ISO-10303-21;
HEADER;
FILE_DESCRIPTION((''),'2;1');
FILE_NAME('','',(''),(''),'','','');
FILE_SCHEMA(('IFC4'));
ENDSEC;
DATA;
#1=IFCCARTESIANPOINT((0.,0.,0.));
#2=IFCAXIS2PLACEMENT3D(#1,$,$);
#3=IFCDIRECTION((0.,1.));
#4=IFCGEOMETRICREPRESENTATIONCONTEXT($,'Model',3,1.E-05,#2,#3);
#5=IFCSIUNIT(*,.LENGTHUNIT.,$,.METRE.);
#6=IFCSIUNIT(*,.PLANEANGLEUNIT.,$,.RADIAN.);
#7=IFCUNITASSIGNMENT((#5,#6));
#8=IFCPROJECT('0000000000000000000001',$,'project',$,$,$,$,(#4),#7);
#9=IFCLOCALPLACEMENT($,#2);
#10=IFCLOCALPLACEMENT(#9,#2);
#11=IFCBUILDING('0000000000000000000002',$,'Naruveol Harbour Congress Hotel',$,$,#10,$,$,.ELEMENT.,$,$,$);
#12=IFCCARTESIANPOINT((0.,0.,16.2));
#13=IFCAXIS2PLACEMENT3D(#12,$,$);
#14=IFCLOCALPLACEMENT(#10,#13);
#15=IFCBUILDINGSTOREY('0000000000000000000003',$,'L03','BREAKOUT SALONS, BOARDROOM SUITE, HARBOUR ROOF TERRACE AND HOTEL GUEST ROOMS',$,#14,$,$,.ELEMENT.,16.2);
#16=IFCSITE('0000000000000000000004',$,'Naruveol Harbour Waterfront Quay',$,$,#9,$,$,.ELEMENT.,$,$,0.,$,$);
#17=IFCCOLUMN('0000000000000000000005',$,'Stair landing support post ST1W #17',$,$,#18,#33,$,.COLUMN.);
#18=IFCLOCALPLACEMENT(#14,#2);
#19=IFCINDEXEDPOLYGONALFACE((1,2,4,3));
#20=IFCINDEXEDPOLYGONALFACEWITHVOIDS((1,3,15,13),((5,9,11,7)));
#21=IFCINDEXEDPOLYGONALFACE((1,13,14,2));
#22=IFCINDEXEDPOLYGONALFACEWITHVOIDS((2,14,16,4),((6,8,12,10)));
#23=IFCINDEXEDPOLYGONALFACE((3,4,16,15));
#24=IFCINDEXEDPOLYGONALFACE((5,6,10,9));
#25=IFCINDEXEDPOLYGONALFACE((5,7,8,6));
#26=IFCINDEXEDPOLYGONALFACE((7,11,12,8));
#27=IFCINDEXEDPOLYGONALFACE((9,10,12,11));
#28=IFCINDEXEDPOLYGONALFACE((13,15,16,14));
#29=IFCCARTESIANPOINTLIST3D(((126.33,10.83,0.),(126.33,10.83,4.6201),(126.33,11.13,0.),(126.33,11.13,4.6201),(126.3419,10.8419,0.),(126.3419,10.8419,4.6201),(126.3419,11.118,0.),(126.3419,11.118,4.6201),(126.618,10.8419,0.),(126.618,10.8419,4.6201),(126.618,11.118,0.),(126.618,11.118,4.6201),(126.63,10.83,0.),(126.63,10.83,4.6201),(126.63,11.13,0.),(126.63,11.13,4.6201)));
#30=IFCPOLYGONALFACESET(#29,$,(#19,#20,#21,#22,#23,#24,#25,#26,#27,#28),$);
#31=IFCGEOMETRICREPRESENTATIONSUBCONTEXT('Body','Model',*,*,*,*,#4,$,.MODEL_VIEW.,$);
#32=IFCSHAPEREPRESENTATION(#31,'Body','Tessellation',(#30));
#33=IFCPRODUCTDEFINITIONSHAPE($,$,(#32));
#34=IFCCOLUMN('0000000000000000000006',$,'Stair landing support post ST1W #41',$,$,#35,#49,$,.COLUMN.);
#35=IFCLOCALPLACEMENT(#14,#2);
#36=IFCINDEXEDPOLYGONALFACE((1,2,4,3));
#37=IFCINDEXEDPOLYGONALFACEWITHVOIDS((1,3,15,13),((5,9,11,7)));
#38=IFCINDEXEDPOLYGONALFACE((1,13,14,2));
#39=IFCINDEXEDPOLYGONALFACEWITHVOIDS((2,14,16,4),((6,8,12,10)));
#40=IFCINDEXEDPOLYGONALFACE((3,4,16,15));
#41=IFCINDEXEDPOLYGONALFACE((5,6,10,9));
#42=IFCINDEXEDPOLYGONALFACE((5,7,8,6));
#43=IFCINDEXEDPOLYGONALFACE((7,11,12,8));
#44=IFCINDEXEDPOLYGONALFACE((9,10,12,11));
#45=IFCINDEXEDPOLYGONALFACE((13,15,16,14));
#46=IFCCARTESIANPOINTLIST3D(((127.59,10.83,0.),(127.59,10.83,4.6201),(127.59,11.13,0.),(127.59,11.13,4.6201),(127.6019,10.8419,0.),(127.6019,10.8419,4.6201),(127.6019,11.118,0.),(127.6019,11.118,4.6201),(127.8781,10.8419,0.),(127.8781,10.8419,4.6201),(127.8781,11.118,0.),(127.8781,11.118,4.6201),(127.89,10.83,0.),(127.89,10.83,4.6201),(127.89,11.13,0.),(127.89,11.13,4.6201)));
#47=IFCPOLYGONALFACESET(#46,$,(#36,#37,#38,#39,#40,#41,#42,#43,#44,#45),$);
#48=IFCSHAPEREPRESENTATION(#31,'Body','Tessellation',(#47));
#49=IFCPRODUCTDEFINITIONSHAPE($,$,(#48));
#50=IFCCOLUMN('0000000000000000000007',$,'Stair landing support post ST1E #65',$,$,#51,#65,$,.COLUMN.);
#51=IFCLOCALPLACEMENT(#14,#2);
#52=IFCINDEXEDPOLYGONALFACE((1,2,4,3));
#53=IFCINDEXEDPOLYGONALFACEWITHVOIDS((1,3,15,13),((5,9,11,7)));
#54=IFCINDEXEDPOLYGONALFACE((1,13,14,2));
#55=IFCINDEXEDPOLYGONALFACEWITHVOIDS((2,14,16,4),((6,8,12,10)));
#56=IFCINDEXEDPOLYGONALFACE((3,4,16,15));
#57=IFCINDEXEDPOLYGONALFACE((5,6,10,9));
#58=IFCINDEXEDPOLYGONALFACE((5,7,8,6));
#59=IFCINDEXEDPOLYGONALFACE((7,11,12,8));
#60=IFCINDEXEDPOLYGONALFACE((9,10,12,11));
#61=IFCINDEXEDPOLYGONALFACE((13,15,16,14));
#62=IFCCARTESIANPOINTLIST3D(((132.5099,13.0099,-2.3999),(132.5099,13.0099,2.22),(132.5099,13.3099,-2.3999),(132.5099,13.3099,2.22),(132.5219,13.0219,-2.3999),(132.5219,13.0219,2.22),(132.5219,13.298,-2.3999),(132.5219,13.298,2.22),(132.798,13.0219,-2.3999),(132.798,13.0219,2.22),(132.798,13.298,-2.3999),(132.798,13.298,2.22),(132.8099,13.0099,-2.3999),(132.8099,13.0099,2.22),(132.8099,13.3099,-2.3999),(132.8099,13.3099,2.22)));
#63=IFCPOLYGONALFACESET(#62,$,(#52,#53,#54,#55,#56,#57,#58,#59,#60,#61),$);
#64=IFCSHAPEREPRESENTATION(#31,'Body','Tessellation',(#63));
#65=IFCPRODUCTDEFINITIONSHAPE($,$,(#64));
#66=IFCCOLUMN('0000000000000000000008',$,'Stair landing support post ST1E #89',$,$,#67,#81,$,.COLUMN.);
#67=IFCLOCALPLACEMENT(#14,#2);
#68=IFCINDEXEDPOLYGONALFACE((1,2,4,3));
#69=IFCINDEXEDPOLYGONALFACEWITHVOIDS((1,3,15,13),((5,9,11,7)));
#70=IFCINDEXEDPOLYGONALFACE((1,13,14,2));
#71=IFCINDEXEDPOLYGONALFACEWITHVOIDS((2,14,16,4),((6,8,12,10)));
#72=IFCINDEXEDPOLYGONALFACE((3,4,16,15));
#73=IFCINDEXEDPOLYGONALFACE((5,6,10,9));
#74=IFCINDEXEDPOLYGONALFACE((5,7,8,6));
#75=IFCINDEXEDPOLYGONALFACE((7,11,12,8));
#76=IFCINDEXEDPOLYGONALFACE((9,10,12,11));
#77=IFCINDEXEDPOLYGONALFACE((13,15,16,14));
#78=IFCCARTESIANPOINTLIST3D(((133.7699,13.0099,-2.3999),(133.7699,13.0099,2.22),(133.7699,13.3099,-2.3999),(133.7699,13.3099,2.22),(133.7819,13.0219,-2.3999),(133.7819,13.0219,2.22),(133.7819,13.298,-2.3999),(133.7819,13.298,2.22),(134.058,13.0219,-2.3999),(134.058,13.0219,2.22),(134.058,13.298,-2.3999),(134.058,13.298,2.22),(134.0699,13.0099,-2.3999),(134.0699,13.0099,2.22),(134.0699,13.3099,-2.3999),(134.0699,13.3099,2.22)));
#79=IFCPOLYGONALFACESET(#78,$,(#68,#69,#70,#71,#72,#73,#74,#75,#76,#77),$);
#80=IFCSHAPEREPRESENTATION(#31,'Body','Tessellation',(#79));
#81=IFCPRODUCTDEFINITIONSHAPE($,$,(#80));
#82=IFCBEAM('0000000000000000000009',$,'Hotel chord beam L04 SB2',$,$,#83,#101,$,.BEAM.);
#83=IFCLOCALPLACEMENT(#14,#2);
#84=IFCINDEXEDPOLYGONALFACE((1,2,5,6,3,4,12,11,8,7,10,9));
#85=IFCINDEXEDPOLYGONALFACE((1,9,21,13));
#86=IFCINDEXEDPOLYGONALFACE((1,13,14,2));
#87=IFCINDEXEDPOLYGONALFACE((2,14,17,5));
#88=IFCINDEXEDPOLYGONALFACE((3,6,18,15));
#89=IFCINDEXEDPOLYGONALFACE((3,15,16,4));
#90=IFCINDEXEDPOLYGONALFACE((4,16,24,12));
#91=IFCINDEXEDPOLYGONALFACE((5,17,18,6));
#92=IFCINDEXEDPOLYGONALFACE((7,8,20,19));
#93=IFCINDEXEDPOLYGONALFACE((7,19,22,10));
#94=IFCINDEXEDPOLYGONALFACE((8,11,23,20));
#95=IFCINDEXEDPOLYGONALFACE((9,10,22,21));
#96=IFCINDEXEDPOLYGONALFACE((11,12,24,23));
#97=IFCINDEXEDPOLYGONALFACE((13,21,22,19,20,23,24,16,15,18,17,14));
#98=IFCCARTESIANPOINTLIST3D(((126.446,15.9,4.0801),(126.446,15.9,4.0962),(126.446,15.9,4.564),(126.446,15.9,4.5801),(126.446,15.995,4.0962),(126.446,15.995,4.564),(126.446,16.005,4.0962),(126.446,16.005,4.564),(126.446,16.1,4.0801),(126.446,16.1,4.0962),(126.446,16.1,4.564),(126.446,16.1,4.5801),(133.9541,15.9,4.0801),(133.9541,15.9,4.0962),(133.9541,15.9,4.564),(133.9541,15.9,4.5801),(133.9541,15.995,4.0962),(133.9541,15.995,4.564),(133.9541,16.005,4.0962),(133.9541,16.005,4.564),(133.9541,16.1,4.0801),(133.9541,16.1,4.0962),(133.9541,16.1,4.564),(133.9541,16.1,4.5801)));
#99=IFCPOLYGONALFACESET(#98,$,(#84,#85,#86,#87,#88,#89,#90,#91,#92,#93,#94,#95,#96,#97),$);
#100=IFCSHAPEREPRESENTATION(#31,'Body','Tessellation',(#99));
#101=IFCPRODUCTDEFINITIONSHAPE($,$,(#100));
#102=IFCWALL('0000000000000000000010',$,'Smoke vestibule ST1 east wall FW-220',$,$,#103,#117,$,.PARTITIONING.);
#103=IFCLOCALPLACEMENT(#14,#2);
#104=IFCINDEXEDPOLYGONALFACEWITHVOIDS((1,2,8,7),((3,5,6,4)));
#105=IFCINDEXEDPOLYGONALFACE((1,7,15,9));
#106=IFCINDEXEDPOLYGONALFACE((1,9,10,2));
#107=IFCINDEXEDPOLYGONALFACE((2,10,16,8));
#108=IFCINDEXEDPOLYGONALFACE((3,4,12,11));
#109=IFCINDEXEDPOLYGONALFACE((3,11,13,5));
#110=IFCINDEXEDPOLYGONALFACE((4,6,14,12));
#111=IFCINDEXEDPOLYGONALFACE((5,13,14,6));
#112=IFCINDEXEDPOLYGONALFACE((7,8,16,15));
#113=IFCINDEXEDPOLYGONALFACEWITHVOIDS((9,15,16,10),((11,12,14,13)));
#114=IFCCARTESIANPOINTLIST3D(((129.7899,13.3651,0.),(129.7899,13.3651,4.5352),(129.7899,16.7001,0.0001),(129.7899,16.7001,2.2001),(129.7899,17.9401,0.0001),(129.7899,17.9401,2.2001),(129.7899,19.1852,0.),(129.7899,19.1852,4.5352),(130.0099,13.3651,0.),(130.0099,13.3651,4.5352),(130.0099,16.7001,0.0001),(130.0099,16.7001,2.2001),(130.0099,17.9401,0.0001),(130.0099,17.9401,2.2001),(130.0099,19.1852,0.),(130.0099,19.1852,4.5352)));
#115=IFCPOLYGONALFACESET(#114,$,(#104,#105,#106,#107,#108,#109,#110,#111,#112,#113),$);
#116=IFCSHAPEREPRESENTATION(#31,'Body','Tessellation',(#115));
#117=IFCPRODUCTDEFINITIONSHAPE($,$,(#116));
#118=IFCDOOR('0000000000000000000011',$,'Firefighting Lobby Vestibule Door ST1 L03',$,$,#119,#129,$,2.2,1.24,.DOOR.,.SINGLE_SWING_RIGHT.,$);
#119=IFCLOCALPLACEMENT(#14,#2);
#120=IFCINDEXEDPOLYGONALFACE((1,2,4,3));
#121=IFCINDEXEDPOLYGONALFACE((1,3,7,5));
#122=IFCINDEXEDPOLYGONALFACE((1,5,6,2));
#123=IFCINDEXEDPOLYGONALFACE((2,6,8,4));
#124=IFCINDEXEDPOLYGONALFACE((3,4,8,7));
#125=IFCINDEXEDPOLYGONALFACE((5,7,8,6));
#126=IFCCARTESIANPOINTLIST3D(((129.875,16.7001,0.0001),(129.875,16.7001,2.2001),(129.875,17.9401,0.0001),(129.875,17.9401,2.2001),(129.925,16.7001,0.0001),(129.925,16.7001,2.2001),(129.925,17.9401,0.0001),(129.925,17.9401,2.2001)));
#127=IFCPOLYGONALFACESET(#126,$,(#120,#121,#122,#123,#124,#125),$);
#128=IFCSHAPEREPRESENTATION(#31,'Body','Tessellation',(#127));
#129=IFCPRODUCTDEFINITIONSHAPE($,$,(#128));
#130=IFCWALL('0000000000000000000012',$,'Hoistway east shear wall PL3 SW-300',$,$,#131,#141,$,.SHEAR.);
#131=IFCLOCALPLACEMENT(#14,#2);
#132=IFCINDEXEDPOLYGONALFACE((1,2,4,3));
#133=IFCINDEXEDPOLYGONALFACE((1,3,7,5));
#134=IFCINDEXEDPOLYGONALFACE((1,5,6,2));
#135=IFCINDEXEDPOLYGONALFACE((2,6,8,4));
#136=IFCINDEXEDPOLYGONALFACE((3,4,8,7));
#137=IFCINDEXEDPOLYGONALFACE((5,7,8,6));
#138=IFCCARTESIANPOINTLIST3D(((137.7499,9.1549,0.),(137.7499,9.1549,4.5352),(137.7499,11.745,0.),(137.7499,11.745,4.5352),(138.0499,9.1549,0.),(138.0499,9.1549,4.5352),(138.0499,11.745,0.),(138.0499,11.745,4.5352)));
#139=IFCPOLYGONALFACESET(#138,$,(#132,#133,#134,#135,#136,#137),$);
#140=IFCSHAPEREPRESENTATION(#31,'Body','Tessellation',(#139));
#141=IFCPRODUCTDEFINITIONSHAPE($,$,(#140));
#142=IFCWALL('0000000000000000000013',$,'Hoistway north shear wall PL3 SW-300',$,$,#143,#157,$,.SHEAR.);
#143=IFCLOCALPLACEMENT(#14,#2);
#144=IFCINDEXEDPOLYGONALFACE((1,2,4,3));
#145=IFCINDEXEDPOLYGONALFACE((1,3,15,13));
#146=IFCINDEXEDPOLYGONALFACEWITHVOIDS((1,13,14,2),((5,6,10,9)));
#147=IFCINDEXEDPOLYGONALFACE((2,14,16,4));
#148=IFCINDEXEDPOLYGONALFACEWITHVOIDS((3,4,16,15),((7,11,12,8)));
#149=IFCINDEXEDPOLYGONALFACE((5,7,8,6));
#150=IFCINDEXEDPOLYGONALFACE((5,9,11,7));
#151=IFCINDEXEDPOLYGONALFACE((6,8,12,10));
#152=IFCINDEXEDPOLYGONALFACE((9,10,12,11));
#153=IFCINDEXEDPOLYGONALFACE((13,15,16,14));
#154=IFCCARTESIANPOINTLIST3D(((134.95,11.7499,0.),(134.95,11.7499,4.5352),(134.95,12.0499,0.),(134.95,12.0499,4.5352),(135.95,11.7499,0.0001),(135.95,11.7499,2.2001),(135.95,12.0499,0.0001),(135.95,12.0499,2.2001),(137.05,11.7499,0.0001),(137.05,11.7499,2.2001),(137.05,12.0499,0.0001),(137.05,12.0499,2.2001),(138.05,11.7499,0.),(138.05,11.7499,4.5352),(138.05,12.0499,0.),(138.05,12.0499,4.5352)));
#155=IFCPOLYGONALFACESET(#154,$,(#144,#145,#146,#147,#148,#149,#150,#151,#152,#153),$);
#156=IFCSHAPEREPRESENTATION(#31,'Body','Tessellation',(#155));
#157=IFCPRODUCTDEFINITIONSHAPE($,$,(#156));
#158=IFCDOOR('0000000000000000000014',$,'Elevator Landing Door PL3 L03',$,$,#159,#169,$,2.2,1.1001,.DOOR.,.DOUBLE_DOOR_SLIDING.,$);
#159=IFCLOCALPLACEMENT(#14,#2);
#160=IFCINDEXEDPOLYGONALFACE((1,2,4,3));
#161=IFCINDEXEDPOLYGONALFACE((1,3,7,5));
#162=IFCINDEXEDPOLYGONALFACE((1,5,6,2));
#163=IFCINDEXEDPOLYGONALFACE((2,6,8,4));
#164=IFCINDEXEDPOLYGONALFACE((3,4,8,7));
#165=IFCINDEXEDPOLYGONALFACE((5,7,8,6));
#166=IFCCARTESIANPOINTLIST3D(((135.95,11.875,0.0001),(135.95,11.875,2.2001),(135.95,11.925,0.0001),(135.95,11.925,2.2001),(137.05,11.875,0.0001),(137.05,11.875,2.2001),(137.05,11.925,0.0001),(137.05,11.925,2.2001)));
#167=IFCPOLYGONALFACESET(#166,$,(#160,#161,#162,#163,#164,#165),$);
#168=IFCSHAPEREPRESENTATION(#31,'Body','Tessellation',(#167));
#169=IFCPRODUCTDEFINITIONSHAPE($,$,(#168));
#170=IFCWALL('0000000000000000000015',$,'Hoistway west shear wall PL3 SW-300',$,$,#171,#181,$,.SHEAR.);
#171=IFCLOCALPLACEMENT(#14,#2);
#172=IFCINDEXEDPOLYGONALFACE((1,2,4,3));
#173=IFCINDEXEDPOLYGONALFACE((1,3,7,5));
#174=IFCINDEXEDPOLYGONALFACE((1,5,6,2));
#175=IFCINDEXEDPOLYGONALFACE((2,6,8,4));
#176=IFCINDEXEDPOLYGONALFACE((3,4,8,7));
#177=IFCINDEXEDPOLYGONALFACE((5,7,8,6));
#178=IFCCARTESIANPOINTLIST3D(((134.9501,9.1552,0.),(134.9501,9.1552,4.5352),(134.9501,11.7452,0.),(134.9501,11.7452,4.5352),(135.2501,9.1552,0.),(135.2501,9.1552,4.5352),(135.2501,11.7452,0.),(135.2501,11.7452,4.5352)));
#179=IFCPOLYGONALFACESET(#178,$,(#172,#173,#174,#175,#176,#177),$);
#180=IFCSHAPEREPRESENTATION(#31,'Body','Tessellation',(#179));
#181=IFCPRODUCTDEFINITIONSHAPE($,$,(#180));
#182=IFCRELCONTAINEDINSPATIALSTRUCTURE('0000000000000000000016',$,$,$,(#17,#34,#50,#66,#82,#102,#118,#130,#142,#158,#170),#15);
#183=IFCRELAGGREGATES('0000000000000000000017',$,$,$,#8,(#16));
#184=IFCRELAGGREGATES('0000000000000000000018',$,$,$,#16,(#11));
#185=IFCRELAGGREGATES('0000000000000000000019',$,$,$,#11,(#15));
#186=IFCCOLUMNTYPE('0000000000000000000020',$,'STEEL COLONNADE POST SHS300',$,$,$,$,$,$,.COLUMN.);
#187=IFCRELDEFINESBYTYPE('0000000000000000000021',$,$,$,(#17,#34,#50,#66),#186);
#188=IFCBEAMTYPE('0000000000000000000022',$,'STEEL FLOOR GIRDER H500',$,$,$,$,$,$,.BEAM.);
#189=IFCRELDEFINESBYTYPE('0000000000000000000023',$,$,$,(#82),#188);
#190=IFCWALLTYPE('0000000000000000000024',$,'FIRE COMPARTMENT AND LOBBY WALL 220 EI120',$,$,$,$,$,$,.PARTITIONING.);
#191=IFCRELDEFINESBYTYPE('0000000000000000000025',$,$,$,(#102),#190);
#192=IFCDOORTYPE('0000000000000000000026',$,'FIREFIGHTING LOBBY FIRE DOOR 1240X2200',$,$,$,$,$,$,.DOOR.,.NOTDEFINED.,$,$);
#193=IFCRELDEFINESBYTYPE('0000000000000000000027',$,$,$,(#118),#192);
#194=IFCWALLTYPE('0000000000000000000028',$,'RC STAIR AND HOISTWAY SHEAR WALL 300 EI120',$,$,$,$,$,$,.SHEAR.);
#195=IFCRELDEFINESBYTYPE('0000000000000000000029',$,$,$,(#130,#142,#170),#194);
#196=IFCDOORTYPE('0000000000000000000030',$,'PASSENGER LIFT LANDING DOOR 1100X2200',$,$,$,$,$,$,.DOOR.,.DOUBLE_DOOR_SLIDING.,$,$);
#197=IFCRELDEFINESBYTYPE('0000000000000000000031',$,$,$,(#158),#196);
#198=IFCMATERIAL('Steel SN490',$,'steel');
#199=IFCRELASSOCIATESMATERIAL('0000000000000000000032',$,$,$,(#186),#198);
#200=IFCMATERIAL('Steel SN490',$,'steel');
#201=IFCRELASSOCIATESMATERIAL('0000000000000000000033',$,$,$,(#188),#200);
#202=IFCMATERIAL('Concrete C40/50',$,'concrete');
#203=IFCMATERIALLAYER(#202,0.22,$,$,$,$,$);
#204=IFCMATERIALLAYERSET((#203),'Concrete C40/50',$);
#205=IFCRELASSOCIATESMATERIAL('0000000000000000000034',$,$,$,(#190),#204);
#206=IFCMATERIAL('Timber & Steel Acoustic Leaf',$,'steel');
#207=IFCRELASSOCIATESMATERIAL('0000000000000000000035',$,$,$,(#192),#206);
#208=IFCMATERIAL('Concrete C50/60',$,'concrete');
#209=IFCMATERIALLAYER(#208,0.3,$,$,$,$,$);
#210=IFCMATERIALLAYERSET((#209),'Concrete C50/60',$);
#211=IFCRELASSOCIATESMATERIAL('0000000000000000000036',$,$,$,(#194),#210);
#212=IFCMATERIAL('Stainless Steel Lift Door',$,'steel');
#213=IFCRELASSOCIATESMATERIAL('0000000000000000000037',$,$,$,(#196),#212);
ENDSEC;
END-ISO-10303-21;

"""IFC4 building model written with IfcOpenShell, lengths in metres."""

from ifc_helpers import new_model, si_unit, direction, frame, frame_2d, origin, origin_2d, place, context, subcontext, project, spatial, rectangle, hollow_rectangle, i_section, extrude, material, layer, layer_set, material_profile, profile_set, type_object, element, fill, save


model = new_model("IFC4")

# Units and contexts
model_context = context("Model", 3, precision=1e-05, world=origin(), true_north=direction((0.0, 1.0)))
body_context = subcontext(model_context, "Body", "Model", "MODEL_VIEW")
ifc_project = project(units=[si_unit("LENGTHUNIT", "METRE"), si_unit("PLANEANGLEUNIT", "RADIAN")], contexts=[model_context])

# Site, building, storey
site_placement = place(None, origin())
site = spatial("IfcSite", under=ifc_project, at=site_placement, Name="Naruveol Harbour Waterfront Quay", CompositionType="ELEMENT", RefElevation=0.0)
building_placement = place(site_placement, origin())
building = spatial("IfcBuilding", under=site, at=building_placement, Name="Naruveol Harbour Congress Hotel", CompositionType="ELEMENT")
storey_placement = place(building_placement, frame((0.0, 0.0, 16.2)))
storey = spatial("IfcBuildingStorey", under=building, at=storey_placement, Name="L03", Description="BREAKOUT SALONS, BOARDROOM SUITE, HARBOUR ROOF TERRACE AND HOTEL GUEST ROOMS", CompositionType="ELEMENT", Elevation=16.2)

# Columns
ifc_material_1 = material(Name="Steel SN490", Category="steel")
ifc_material_profile_1 = material_profile(ifc_material_1, hollow_rectangle(XDim=0.3, YDim=0.3, WallThickness=0.012, at=origin_2d()), Name="SHS-300x300x12")
ifc_profile_set_1 = profile_set([ifc_material_profile_1], Name="Steel SN490")
column_type = type_object("IfcColumnType", Name="STEEL COLONNADE POST SHS300", PredefinedType="COLUMN", material=ifc_profile_set_1)
for number, where, z_axis, x_axis, name in (
    (1, (126.48, 10.98, 0.0), (0.0, 0.0, 1.0), (1.0, 0.0, 0.0), "Stair landing support post ST1W #17"),
    (2, (127.74, 10.98, 0.0), (0.0, 0.0, 1.0), (1.0, 0.0, 0.0), "Stair landing support post ST1W #41"),
):
    element("IfcColumn", number, at=place(storey_placement, frame(where, z_axis=z_axis, x_axis=x_axis)), inside=storey, type_object=column_type, Name=name, PredefinedType="COLUMN", context=body_context, shape_type="SweptSolid", body=[
        extrude(hollow_rectangle(XDim=0.3, YDim=0.3, WallThickness=0.012, at=origin_2d()), origin(), (0.0, 0.0, 1.0), 4.6201),
    ])
for number, where, z_axis, x_axis, name in (
    (3, (132.6599, 13.1599, -2.3999), (0.0, 0.0, 1.0), (1.0, 0.0, 0.0), "Stair landing support post ST1E #65"),
    (4, (133.9199, 13.1599, -2.3999), (0.0, 0.0, 1.0), (1.0, 0.0, 0.0), "Stair landing support post ST1E #89"),
):
    element("IfcColumn", number, at=place(storey_placement, frame(where, z_axis=z_axis, x_axis=x_axis)), inside=storey, type_object=column_type, Name=name, PredefinedType="COLUMN", context=body_context, shape_type="SweptSolid", body=[
        extrude(hollow_rectangle(XDim=0.3, YDim=0.3, WallThickness=0.012, at=origin_2d()), origin(), (0.0, 0.0, 1.0), 4.6199),
    ])

# Beam
ifc_material_2 = material(Name="Steel SN490", Category="steel")
ifc_material_profile_2 = material_profile(ifc_material_2, i_section(OverallWidth=0.2, OverallDepth=0.5, WebThickness=0.01, FlangeThickness=0.0161, at=origin_2d()), Name="H-500x200x10x16")
ifc_profile_set_2 = profile_set([ifc_material_profile_2], Name="Steel SN490")
beam_type = type_object("IfcBeamType", Name="STEEL FLOOR GIRDER H500", PredefinedType="BEAM", material=ifc_profile_set_2)
beam_placement = place(storey_placement, frame((126.446, 16.0, 4.3301), z_axis=(1.0, 0.0, 0.0), x_axis=(0.0, 1.0, 0.0)))
element("IfcBeam", 5, at=beam_placement, inside=storey, type_object=beam_type, Name="Hotel chord beam L04 SB2", PredefinedType="BEAM", context=body_context, shape_type="SweptSolid", body=[
    extrude(i_section(OverallWidth=0.2, OverallDepth=0.5, WebThickness=0.01, FlangeThickness=0.0161, at=origin_2d()), origin(), (0.0, 0.0, 1.0), 7.5081),
])

# Wall, opening, door
ifc_material_3 = material(Name="Concrete C40/50", Category="concrete")
ifc_layer_1 = layer(ifc_material_3, 0.22)
ifc_layer_set_1 = layer_set([ifc_layer_1], Name="Concrete C40/50")
wall_type_1 = type_object("IfcWallType", Name="FIRE COMPARTMENT AND LOBBY WALL 220 EI120", PredefinedType="PARTITIONING", material=ifc_layer_set_1)
wall_1_placement = place(storey_placement, frame((129.8999, 13.365, 0.0), z_axis=(0.0, 0.0, 1.0), x_axis=(0.0, 1.0, 0.0)))
wall_1 = element("IfcWall", 6, at=wall_1_placement, inside=storey, type_object=wall_type_1, Name="Smoke vestibule ST1 east wall FW-220", PredefinedType="PARTITIONING", context=body_context, shape_type="SweptSolid", body=[
    extrude(rectangle(XDim=5.8201, YDim=0.22, at=frame_2d((2.9102, 0.0))), origin(), (0.0, 0.0, 1.0), 4.5352),
])
opening_1_placement = place(wall_1_placement, frame((3.335, 0.0, 0.0)))
opening_1 = element("IfcOpeningElement", 7, at=opening_1_placement, cuts=wall_1, PredefinedType="OPENING", context=body_context, shape_type="SweptSolid", body=[
    extrude(rectangle(XDim=1.24, YDim=2.2, at=frame_2d((0.6201, 1.1001))), frame((0.0, 0.1199, 0.0), z_axis=(0.0, -1.0, 0.0), x_axis=(1.0, 0.0, 0.0)), (0.0, 0.0, 1.0), 0.24),
])
ifc_material_4 = material(Name="Timber & Steel Acoustic Leaf", Category="steel")
door_type_1 = type_object("IfcDoorType", Name="FIREFIGHTING LOBBY FIRE DOOR 1240X2200", OperationType="NOTDEFINED", PredefinedType="DOOR", material=ifc_material_4)
door_1_placement = place(opening_1_placement, origin())
door_1 = element("IfcDoor", 8, at=door_1_placement, inside=storey, type_object=door_type_1, Name="Firefighting Lobby Vestibule Door ST1 L03", OperationType="SINGLE_SWING_RIGHT", OverallHeight=2.2, OverallWidth=1.24, PredefinedType="DOOR", context=body_context, shape_type="SweptSolid", body=[
    extrude(rectangle(XDim=1.24, YDim=2.2, at=frame_2d((0.6201, 1.1001))), frame((0.0, 0.0249, 0.0), z_axis=(0.0, -1.0, 0.0), x_axis=(1.0, 0.0, 0.0)), (0.0, 0.0, 1.0), 0.05),
])
fill(opening_1, door_1)

# Wall
ifc_material_5 = material(Name="Concrete C50/60", Category="concrete")
ifc_layer_2 = layer(ifc_material_5, 0.3)
ifc_layer_set_2 = layer_set([ifc_layer_2], Name="Concrete C50/60")
wall_type_2 = type_object("IfcWallType", Name="RC STAIR AND HOISTWAY SHEAR WALL 300 EI120", PredefinedType="SHEAR", material=ifc_layer_set_2)
wall_2_placement = place(storey_placement, frame((137.8999, 9.155, 0.0), z_axis=(0.0, 0.0, 1.0), x_axis=(0.0, 1.0, 0.0)))
element("IfcWall", 9, at=wall_2_placement, inside=storey, type_object=wall_type_2, Name="Hoistway east shear wall PL3 SW-300", PredefinedType="SHEAR", context=body_context, shape_type="SweptSolid", body=[
    extrude(rectangle(XDim=2.5901, YDim=0.3, at=frame_2d((1.2949, 0.0))), origin(), (0.0, 0.0, 1.0), 4.5352),
])

# Wall, opening, door
wall_3_placement = place(storey_placement, frame((138.05, 11.8999, 0.0), z_axis=(0.0, 0.0, 1.0), x_axis=(-1.0, 0.0, 0.0)))
wall_3 = element("IfcWall", 10, at=wall_3_placement, inside=storey, type_object=wall_type_2, Name="Hoistway north shear wall PL3 SW-300", PredefinedType="SHEAR", context=body_context, shape_type="SweptSolid", body=[
    extrude(rectangle(XDim=3.1001, YDim=0.3, at=frame_2d((1.55, 0.0))), origin(), (0.0, 0.0, 1.0), 4.5352),
])
opening_2_placement = place(wall_3_placement, frame((1.0, 0.0, 0.0)))
opening_2 = element("IfcOpeningElement", 11, at=opening_2_placement, cuts=wall_3, PredefinedType="OPENING", context=body_context, shape_type="SweptSolid", body=[
    extrude(rectangle(XDim=1.1001, YDim=2.2, at=frame_2d((0.55, 1.1001))), frame((0.0, 0.1599, 0.0), z_axis=(0.0, -1.0, 0.0), x_axis=(1.0, 0.0, 0.0)), (0.0, 0.0, 1.0), 0.3201),
])
ifc_material_6 = material(Name="Stainless Steel Lift Door", Category="steel")
door_type_2 = type_object("IfcDoorType", Name="PASSENGER LIFT LANDING DOOR 1100X2200", OperationType="DOUBLE_DOOR_SLIDING", PredefinedType="DOOR", material=ifc_material_6)
door_2_placement = place(opening_2_placement, origin())
door_2 = element("IfcDoor", 12, at=door_2_placement, inside=storey, type_object=door_type_2, Name="Elevator Landing Door PL3 L03", OperationType="DOUBLE_DOOR_SLIDING", OverallHeight=2.2, OverallWidth=1.1001, PredefinedType="DOOR", context=body_context, shape_type="SweptSolid", body=[
    extrude(rectangle(XDim=1.1001, YDim=2.2, at=frame_2d((0.55, 1.1001))), frame((0.0, 0.0249, 0.0), z_axis=(0.0, -1.0, 0.0), x_axis=(1.0, 0.0, 0.0)), (0.0, 0.0, 1.0), 0.05),
])
fill(opening_2, door_2)

# Wall
wall_4_placement = place(storey_placement, frame((135.1001, 11.7451, 0.0), z_axis=(0.0, 0.0, 1.0), x_axis=(0.0, -1.0, 0.0)))
element("IfcWall", 13, at=wall_4_placement, inside=storey, type_object=wall_type_2, Name="Hoistway west shear wall PL3 SW-300", PredefinedType="SHEAR", context=body_context, shape_type="SweptSolid", body=[
    extrude(rectangle(XDim=2.5901, YDim=0.3, at=frame_2d((1.2949, 0.0))), origin(), (0.0, 0.0, 1.0), 4.5352),
])

save(model, "model.ifc")
